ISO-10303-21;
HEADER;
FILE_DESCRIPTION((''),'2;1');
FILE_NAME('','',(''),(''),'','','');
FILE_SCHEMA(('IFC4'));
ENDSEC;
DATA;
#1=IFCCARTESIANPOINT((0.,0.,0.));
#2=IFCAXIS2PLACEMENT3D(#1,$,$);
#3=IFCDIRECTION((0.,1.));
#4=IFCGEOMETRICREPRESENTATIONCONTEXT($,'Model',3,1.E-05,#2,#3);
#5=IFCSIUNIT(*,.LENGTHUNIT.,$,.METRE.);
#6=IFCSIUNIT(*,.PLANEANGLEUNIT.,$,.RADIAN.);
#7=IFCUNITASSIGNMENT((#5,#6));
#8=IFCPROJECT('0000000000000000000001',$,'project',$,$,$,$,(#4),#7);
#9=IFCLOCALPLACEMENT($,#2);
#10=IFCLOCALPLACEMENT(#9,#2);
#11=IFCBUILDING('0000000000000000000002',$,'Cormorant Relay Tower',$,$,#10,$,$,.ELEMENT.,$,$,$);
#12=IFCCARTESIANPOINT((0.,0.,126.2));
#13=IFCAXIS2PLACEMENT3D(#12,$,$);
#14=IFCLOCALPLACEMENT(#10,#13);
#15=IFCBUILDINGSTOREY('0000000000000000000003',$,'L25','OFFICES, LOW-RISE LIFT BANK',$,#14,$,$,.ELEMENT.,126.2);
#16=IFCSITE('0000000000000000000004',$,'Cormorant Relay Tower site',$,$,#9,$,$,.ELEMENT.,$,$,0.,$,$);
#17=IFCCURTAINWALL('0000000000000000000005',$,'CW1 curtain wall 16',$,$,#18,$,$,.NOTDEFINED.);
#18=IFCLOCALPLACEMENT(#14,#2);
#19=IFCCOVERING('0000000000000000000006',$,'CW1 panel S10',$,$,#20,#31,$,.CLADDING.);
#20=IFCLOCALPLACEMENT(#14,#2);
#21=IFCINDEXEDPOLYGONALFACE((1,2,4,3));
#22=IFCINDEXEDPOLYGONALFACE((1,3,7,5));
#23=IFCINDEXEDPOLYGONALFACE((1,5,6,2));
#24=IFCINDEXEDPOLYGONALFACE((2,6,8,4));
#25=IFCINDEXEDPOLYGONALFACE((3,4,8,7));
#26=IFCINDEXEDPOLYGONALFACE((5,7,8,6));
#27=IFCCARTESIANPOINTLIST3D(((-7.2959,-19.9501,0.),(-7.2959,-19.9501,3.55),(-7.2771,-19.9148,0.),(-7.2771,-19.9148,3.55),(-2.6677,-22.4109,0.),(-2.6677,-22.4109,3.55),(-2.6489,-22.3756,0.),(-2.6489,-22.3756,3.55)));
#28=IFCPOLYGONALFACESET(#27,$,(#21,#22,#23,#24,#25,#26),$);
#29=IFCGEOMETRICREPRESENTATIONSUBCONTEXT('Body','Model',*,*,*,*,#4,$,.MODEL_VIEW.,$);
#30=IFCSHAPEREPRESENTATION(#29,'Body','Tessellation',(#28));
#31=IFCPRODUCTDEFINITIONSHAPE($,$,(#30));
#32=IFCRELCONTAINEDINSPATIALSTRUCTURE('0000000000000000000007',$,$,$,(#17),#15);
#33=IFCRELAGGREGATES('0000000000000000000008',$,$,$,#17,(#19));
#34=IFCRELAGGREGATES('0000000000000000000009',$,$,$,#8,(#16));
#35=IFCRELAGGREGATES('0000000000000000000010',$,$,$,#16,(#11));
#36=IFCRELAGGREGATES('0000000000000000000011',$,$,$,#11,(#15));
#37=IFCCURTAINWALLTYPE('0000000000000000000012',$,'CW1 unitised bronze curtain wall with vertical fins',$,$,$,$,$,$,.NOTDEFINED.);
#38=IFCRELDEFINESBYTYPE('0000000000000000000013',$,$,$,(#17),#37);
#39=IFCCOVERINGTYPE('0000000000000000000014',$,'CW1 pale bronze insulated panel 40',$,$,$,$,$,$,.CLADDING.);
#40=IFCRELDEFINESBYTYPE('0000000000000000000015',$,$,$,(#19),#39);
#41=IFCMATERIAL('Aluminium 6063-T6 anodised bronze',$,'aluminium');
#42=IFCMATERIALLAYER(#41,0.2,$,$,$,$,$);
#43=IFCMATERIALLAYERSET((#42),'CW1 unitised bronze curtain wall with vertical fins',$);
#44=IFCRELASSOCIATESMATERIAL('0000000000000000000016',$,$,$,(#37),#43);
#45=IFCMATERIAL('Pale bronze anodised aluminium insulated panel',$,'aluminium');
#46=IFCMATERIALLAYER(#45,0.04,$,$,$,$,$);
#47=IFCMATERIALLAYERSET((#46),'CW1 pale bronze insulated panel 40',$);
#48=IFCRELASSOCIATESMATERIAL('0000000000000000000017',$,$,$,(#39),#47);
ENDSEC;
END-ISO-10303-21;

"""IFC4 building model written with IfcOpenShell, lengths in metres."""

from ifc_helpers import new_model, si_unit, direction, frame, origin, origin_2d, place, context, subcontext, project, spatial, rectangle, extrude, material, layer, layer_set, type_object, element, aggregate, save


model = new_model("IFC4")

# Units and contexts
model_context = context("Model", 3, precision=1e-05, world=origin(), true_north=direction((0.0, 1.0)))
body_context = subcontext(model_context, "Body", "Model", "MODEL_VIEW")
ifc_project = project(units=[si_unit("LENGTHUNIT", "METRE"), si_unit("PLANEANGLEUNIT", "RADIAN")], contexts=[model_context])

# Site, building, storey
site_placement = place(None, origin())
site = spatial("IfcSite", under=ifc_project, at=site_placement, Name="Cormorant Relay Tower site", CompositionType="ELEMENT", RefElevation=0.0)
building_placement = place(site_placement, origin())
building = spatial("IfcBuilding", under=site, at=building_placement, Name="Cormorant Relay Tower", CompositionType="ELEMENT")
storey_placement = place(building_placement, frame((0.0, 0.0, 126.2)))
storey = spatial("IfcBuildingStorey", under=building, at=storey_placement, Name="L25", Description="OFFICES, LOW-RISE LIFT BANK", CompositionType="ELEMENT", Elevation=126.2)

# Shared definitions
ifc_material_1 = material(Name="Aluminium 6063-T6 anodised bronze", Category="aluminium")
ifc_layer_1 = layer(ifc_material_1, 0.2)
ifc_layer_set_1 = layer_set([ifc_layer_1], Name="CW1 unitised bronze curtain wall with vertical fins")
curtain_wall_type = type_object("IfcCurtainWallType", Name="CW1 unitised bronze curtain wall with vertical fins", PredefinedType="NOTDEFINED", material=ifc_layer_set_1)

# Curtain wall
curtain_wall_1_placement = place(storey_placement, origin())
curtain_wall_1 = element("IfcCurtainWall", 1, at=curtain_wall_1_placement, inside=storey, type_object=curtain_wall_type, Name="CW1 curtain wall 16", PredefinedType="NOTDEFINED")

# Covering
ifc_material_2 = material(Name="Pale bronze anodised aluminium insulated panel", Category="aluminium")
ifc_layer_2 = layer(ifc_material_2, 0.04)
ifc_layer_set_2 = layer_set([ifc_layer_2], Name="CW1 pale bronze insulated panel 40")
covering_type = type_object("IfcCoveringType", Name="CW1 pale bronze insulated panel 40", PredefinedType="CLADDING", material=ifc_layer_set_2)
covering_1_placement = place(storey_placement, frame((-4.9724, -21.1628, 0.0), z_axis=(0.0, 0.0, 1.0), x_axis=(0.882948, -0.469472, 0.0)))
covering_1 = element("IfcCovering", 2, at=covering_1_placement, type_object=covering_type, Name="CW1 panel S10", PredefinedType="CLADDING", context=body_context, shape_type="SweptSolid", body=[
    extrude(rectangle(XDim=5.2417, YDim=0.04, at=origin_2d()), origin(), (0.0, 0.0, 1.0), 3.55),
])
aggregate(curtain_wall_1, [covering_1])

save(model, "model.ifc")
